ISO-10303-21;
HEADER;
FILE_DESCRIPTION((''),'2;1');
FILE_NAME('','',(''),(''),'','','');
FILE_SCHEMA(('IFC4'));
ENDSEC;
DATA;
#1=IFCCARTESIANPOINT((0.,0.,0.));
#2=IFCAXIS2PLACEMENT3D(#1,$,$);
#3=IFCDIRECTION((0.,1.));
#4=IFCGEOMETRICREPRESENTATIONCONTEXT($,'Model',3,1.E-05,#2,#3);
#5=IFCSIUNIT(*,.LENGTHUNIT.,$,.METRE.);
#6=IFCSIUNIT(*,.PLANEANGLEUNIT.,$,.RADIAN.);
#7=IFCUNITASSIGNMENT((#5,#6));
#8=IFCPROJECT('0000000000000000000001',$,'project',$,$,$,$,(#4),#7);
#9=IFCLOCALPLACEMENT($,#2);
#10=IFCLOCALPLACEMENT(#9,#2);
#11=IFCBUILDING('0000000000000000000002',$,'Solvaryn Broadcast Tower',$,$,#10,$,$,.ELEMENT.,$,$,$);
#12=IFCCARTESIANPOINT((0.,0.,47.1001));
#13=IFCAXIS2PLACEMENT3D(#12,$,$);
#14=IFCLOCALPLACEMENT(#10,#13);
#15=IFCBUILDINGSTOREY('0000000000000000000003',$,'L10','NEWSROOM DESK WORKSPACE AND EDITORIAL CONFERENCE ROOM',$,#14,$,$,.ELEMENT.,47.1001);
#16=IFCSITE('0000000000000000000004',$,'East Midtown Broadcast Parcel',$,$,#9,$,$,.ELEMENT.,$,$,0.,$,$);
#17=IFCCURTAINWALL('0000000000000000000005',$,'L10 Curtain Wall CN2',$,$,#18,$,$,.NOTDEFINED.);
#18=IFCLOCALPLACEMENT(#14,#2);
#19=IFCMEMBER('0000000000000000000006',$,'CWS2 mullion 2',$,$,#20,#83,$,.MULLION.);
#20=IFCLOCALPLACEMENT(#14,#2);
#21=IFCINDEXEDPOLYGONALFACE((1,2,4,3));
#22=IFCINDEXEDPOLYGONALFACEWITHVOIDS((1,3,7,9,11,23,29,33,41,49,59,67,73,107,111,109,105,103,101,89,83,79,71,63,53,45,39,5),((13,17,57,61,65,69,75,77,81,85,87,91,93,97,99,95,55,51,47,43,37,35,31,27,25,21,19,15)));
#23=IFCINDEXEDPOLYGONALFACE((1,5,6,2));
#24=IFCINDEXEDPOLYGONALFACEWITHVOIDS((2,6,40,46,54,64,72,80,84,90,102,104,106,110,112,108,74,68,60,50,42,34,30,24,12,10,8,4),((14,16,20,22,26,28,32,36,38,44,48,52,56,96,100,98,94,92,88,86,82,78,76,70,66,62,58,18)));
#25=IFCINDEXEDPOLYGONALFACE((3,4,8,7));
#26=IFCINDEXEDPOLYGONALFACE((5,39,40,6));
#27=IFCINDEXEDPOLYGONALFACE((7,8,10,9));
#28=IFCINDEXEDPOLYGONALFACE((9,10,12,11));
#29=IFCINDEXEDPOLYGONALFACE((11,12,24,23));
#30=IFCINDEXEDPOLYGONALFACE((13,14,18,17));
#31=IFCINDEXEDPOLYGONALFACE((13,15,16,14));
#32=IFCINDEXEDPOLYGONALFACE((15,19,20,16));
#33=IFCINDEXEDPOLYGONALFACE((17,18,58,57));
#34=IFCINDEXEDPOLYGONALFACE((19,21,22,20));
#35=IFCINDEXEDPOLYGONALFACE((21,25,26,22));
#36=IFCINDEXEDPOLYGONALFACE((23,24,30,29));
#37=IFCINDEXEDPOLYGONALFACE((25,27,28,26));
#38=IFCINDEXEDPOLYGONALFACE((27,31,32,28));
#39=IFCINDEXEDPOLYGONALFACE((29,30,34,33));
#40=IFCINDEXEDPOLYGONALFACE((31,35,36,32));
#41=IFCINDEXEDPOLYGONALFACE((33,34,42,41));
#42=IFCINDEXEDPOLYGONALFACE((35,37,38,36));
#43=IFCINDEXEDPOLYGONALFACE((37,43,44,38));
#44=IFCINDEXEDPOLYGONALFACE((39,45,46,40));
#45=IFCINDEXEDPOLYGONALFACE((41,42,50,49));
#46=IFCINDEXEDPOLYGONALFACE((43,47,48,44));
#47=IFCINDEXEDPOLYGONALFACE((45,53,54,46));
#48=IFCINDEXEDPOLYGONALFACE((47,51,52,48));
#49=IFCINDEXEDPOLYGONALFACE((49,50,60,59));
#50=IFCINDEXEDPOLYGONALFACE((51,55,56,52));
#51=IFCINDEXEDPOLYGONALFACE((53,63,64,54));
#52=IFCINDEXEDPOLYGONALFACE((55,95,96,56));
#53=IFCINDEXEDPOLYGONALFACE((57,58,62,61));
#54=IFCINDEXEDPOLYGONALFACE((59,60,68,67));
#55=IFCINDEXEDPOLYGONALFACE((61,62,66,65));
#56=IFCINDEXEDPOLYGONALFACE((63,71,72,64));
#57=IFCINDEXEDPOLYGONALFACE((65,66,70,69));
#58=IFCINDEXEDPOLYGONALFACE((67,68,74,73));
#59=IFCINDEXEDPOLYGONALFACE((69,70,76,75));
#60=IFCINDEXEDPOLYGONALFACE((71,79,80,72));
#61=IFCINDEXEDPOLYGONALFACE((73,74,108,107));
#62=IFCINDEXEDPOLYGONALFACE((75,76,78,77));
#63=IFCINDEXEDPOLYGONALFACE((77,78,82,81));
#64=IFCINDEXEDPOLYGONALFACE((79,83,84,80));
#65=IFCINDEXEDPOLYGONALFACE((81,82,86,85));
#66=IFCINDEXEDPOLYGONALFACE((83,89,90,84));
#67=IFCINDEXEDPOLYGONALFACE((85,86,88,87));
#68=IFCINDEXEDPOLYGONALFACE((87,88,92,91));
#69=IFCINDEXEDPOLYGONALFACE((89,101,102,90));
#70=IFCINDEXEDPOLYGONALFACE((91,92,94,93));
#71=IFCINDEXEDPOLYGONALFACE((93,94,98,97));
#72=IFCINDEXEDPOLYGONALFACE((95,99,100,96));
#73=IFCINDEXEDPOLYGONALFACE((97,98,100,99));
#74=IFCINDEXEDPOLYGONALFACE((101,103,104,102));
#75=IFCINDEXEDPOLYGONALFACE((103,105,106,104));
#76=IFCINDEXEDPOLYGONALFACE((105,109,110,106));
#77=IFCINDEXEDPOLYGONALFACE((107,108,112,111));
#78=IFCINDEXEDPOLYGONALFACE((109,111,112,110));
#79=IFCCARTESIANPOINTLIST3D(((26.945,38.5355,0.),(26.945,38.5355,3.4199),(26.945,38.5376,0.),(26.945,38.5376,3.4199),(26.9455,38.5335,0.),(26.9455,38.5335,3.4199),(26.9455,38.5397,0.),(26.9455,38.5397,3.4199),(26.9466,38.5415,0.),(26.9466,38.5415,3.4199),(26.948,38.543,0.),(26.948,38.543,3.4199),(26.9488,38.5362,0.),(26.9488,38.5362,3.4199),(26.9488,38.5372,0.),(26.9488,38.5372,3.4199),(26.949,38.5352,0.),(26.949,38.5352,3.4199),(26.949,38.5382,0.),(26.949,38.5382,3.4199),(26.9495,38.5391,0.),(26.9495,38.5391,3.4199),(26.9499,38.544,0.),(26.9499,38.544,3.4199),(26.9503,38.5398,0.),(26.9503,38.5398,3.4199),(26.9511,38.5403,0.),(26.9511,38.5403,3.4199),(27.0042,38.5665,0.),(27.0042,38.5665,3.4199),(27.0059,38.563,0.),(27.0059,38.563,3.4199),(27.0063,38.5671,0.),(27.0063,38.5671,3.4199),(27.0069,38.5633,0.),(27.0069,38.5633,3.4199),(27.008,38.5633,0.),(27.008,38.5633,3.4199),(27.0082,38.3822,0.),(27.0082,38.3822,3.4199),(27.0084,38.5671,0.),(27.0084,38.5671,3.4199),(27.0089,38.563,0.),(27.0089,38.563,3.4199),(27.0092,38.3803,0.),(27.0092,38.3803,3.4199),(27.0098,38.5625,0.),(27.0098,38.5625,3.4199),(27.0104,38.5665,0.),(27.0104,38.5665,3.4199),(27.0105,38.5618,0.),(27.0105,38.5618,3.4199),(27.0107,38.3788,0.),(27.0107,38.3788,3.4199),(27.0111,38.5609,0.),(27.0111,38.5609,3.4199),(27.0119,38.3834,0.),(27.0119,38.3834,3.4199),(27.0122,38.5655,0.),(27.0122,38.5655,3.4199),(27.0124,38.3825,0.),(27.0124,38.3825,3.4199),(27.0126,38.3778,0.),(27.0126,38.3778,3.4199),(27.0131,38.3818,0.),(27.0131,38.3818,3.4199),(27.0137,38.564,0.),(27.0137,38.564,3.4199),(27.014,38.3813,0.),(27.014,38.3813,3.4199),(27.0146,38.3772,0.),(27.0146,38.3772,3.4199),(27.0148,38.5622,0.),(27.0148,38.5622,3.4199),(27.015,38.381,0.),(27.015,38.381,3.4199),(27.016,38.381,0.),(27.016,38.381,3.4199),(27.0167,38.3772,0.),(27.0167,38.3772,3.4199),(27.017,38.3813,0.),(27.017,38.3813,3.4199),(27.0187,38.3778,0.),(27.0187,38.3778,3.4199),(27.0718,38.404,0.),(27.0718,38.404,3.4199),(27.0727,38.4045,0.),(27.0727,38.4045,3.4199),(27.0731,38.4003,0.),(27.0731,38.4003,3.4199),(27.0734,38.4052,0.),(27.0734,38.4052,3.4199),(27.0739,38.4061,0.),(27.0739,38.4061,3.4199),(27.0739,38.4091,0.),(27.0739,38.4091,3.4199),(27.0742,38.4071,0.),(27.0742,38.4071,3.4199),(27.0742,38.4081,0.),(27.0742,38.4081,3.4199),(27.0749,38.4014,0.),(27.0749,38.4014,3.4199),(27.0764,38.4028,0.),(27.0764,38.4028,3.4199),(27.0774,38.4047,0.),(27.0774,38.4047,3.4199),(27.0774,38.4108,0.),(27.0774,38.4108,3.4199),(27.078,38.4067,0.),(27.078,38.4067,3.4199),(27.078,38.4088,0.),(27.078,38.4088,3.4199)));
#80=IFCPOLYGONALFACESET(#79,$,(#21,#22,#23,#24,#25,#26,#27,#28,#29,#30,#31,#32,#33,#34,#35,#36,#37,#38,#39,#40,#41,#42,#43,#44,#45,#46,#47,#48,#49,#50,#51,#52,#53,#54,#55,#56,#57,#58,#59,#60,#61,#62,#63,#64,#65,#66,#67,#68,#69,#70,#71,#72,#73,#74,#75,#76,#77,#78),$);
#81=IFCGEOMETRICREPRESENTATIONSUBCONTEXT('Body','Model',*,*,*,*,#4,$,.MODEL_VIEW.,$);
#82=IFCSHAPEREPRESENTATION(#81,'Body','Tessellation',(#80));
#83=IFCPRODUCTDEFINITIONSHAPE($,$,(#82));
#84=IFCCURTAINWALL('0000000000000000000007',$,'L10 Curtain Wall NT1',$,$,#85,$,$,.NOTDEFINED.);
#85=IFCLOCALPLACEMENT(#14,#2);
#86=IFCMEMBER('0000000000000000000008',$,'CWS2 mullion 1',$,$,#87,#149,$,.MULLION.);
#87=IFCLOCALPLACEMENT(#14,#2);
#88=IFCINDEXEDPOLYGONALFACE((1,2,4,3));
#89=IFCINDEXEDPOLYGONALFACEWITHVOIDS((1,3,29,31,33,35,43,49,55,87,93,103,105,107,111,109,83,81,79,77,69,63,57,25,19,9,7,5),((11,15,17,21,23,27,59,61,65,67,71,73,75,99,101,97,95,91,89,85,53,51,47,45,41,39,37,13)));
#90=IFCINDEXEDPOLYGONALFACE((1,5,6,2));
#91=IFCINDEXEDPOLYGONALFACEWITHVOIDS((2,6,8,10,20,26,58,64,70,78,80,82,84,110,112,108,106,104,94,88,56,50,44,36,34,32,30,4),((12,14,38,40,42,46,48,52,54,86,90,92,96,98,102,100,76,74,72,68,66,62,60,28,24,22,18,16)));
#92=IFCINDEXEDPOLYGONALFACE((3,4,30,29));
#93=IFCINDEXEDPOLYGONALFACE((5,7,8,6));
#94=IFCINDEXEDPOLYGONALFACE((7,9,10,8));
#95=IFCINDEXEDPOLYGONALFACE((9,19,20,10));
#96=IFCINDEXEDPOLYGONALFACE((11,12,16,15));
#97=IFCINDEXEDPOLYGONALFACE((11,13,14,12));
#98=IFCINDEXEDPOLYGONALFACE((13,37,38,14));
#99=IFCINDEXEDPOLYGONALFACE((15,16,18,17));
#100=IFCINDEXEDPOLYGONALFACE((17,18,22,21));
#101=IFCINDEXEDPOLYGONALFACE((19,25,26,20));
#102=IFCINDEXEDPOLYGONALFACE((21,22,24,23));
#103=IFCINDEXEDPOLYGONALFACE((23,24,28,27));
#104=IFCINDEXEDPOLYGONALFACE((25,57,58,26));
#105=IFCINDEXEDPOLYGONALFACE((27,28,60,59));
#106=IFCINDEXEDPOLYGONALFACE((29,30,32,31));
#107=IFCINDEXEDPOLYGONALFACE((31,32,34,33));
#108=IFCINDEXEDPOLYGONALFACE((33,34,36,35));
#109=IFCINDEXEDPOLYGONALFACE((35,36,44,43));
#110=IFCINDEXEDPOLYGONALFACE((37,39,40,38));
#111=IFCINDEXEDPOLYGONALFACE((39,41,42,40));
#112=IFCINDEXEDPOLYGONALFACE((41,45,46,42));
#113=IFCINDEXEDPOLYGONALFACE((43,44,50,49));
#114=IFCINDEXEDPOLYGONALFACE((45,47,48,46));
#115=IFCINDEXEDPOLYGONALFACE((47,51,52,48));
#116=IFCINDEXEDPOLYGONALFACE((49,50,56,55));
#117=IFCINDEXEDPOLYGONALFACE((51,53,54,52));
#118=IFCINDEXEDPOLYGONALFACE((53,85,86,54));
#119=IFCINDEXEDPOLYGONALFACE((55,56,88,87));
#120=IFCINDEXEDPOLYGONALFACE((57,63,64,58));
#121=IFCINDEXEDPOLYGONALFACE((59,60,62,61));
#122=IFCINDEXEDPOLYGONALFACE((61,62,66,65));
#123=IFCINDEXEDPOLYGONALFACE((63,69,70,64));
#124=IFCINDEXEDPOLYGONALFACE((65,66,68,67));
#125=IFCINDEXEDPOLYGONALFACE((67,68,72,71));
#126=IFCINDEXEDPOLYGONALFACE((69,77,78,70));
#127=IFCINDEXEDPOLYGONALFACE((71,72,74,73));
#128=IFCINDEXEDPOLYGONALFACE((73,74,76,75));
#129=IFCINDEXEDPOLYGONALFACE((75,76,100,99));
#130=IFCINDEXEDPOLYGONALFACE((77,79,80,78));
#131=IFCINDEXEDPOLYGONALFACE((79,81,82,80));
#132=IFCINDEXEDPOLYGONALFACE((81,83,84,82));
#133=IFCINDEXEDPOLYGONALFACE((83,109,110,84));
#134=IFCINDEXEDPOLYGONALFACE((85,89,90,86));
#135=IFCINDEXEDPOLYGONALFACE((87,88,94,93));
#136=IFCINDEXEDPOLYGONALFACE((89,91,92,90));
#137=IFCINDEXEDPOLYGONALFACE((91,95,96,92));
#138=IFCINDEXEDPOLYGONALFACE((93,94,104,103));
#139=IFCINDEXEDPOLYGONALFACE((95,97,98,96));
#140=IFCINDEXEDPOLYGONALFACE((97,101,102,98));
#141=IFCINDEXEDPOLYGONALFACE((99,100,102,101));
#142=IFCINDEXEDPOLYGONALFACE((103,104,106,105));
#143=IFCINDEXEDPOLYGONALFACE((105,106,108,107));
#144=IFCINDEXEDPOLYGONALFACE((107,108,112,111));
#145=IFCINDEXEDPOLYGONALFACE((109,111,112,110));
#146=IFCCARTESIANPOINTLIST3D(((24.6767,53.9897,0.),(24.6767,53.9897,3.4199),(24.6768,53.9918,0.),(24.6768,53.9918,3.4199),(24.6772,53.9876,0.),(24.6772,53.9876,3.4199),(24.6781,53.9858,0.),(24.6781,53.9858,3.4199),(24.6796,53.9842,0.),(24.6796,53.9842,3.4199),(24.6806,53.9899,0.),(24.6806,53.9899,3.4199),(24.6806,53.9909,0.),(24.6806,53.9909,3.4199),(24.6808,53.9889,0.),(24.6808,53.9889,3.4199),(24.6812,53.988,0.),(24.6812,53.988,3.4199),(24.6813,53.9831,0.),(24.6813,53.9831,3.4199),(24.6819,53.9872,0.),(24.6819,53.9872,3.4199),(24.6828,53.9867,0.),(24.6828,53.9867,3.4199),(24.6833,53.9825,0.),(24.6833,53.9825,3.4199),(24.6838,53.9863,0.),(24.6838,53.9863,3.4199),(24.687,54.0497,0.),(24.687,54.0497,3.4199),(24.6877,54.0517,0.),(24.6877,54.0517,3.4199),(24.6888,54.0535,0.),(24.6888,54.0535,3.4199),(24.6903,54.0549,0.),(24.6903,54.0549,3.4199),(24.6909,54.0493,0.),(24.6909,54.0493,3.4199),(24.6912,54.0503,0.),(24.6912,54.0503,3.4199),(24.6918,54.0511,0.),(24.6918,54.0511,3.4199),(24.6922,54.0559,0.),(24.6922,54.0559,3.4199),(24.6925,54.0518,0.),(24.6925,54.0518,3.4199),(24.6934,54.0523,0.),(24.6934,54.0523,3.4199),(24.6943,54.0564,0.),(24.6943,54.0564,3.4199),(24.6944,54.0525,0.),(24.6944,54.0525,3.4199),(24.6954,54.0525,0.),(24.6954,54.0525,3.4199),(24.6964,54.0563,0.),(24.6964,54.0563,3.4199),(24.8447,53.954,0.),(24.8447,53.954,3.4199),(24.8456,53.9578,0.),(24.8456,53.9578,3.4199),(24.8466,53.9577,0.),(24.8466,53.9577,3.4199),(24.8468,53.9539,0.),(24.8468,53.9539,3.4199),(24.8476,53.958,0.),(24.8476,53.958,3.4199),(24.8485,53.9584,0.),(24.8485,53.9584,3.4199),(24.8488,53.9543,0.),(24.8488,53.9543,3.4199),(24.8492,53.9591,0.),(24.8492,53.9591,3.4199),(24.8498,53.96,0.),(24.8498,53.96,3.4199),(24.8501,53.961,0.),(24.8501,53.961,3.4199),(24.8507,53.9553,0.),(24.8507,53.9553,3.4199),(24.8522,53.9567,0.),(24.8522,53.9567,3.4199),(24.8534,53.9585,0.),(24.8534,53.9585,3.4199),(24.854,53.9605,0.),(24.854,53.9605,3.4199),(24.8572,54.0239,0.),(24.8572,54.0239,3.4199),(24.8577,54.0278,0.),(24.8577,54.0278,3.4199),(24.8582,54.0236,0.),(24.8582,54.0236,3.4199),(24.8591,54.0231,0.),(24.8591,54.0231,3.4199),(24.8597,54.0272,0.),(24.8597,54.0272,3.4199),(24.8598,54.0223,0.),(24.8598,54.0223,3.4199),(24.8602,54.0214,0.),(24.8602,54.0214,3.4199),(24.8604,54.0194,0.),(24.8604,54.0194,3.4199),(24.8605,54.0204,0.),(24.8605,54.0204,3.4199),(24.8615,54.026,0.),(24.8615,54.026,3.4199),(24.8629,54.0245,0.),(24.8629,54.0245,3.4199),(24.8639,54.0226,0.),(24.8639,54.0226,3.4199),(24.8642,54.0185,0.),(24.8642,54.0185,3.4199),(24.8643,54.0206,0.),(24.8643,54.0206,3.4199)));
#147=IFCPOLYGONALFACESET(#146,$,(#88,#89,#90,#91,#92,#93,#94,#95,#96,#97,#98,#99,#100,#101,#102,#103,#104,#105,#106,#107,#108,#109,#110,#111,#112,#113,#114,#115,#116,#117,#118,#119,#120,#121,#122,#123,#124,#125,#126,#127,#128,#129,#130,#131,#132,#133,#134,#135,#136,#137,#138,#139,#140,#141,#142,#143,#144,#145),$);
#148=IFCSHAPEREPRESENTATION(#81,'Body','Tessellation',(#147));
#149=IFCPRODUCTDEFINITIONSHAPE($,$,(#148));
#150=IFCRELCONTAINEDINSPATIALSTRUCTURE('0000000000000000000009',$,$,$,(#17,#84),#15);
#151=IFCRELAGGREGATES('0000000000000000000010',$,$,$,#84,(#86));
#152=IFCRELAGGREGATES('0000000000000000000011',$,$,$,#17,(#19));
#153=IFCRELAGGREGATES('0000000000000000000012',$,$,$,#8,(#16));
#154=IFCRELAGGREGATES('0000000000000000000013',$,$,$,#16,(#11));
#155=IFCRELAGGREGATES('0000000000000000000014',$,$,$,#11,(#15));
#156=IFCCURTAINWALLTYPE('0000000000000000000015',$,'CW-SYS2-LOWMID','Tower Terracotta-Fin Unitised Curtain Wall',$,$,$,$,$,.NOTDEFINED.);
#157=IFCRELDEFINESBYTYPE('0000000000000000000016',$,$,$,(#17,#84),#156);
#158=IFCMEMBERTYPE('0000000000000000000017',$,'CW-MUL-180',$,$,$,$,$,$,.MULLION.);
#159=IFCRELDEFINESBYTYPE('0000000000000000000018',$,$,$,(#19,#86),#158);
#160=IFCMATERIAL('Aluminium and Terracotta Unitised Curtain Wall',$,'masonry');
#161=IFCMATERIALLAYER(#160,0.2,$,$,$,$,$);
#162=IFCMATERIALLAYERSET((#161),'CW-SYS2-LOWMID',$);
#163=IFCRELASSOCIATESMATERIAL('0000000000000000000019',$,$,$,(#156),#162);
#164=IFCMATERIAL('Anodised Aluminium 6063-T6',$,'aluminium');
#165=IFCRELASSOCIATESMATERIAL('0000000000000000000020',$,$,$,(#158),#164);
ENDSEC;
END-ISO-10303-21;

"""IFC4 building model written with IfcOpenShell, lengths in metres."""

from ifc_helpers import new_model, si_unit, direction, frame, origin, origin_2d, place, context, subcontext, project, spatial, hollow_rectangle, extrude, material, layer, layer_set, material_profile, profile_set, type_object, element, aggregate, save


model = new_model("IFC4")

# Units and contexts
model_context = context("Model", 3, precision=1e-05, world=origin(), true_north=direction((0.0, 1.0)))
body_context = subcontext(model_context, "Body", "Model", "MODEL_VIEW")
ifc_project = project(units=[si_unit("LENGTHUNIT", "METRE"), si_unit("PLANEANGLEUNIT", "RADIAN")], contexts=[model_context])

# Site, building, storey
site_placement = place(None, origin())
site = spatial("IfcSite", under=ifc_project, at=site_placement, Name="East Midtown Broadcast Parcel", CompositionType="ELEMENT", RefElevation=0.0)
building_placement = place(site_placement, origin())
building = spatial("IfcBuilding", under=site, at=building_placement, Name="Solvaryn Broadcast Tower", CompositionType="ELEMENT")
storey_placement = place(building_placement, frame((0.0, 0.0, 47.1001)))
storey = spatial("IfcBuildingStorey", under=building, at=storey_placement, Name="L10", Description="NEWSROOM DESK WORKSPACE AND EDITORIAL CONFERENCE ROOM", CompositionType="ELEMENT", Elevation=47.1001)

# Shared definitions
ifc_material_1 = material(Name="Aluminium and Terracotta Unitised Curtain Wall", Category="masonry")
ifc_layer_1 = layer(ifc_material_1, 0.2)
ifc_layer_set_1 = layer_set([ifc_layer_1], Name="CW-SYS2-LOWMID")
curtain_wall_type = type_object("IfcCurtainWallType", Name="CW-SYS2-LOWMID", Description="Tower Terracotta-Fin Unitised Curtain Wall", PredefinedType="NOTDEFINED", material=ifc_layer_set_1)
ifc_material_2 = material(Name="Anodised Aluminium 6063-T6", Category="aluminium")
ifc_material_profile_1 = material_profile(ifc_material_2, hollow_rectangle(XDim=0.075, YDim=0.1799, WallThickness=0.0039, InnerFilletRadius=0.0039, OuterFilletRadius=0.0081, at=origin_2d()))
ifc_profile_set_1 = profile_set([ifc_material_profile_1], Name="Anodised Aluminium 6063-T6")
member_type_1 = type_object("IfcMemberType", Name="CW-MUL-180", PredefinedType="MULLION", material=ifc_profile_set_1)

# Curtain walls, members
curtain_wall_1_placement = place(storey_placement, origin())
curtain_wall_1 = element("IfcCurtainWall", 1, at=curtain_wall_1_placement, inside=storey, type_object=curtain_wall_type, Name="L10 Curtain Wall CN2", PredefinedType="NOTDEFINED")
member_1_placement = place(storey_placement, frame((27.0115, 38.4722, 0.0), z_axis=(0.0, 0.0, 1.0), x_axis=(-0.923895, -0.382646, 0.0)))
member_1 = element("IfcMember", 2, at=member_1_placement, type_object=member_type_1, Name="CWS2 mullion 2", PredefinedType="MULLION", context=body_context, shape_type="SweptSolid", body=[
    extrude(hollow_rectangle(XDim=0.075, YDim=0.1799, WallThickness=0.0039, InnerFilletRadius=0.0039, OuterFilletRadius=0.0081, at=origin_2d()), origin(), (0.0, 0.0, 1.0), 3.4199),
])
curtain_wall_2_placement = place(storey_placement, origin())
curtain_wall_2 = element("IfcCurtainWall", 3, at=curtain_wall_2_placement, inside=storey, type_object=curtain_wall_type, Name="L10 Curtain Wall NT1", PredefinedType="NOTDEFINED")
member_2_placement = place(storey_placement, frame((24.7705, 54.0051, 0.0), z_axis=(0.0, 0.0, 1.0), x_axis=(-0.173785, -0.984784, 0.0)))
member_2 = element("IfcMember", 4, at=member_2_placement, type_object=member_type_1, Name="CWS2 mullion 1", PredefinedType="MULLION", context=body_context, shape_type="SweptSolid", body=[
    extrude(hollow_rectangle(XDim=0.075, YDim=0.1799, WallThickness=0.0039, InnerFilletRadius=0.0039, OuterFilletRadius=0.0081, at=origin_2d()), origin(), (0.0, 0.0, 1.0), 3.4199),
])

aggregate(curtain_wall_2, [member_2])

aggregate(curtain_wall_1, [member_1])

save(model, "model.ifc")
